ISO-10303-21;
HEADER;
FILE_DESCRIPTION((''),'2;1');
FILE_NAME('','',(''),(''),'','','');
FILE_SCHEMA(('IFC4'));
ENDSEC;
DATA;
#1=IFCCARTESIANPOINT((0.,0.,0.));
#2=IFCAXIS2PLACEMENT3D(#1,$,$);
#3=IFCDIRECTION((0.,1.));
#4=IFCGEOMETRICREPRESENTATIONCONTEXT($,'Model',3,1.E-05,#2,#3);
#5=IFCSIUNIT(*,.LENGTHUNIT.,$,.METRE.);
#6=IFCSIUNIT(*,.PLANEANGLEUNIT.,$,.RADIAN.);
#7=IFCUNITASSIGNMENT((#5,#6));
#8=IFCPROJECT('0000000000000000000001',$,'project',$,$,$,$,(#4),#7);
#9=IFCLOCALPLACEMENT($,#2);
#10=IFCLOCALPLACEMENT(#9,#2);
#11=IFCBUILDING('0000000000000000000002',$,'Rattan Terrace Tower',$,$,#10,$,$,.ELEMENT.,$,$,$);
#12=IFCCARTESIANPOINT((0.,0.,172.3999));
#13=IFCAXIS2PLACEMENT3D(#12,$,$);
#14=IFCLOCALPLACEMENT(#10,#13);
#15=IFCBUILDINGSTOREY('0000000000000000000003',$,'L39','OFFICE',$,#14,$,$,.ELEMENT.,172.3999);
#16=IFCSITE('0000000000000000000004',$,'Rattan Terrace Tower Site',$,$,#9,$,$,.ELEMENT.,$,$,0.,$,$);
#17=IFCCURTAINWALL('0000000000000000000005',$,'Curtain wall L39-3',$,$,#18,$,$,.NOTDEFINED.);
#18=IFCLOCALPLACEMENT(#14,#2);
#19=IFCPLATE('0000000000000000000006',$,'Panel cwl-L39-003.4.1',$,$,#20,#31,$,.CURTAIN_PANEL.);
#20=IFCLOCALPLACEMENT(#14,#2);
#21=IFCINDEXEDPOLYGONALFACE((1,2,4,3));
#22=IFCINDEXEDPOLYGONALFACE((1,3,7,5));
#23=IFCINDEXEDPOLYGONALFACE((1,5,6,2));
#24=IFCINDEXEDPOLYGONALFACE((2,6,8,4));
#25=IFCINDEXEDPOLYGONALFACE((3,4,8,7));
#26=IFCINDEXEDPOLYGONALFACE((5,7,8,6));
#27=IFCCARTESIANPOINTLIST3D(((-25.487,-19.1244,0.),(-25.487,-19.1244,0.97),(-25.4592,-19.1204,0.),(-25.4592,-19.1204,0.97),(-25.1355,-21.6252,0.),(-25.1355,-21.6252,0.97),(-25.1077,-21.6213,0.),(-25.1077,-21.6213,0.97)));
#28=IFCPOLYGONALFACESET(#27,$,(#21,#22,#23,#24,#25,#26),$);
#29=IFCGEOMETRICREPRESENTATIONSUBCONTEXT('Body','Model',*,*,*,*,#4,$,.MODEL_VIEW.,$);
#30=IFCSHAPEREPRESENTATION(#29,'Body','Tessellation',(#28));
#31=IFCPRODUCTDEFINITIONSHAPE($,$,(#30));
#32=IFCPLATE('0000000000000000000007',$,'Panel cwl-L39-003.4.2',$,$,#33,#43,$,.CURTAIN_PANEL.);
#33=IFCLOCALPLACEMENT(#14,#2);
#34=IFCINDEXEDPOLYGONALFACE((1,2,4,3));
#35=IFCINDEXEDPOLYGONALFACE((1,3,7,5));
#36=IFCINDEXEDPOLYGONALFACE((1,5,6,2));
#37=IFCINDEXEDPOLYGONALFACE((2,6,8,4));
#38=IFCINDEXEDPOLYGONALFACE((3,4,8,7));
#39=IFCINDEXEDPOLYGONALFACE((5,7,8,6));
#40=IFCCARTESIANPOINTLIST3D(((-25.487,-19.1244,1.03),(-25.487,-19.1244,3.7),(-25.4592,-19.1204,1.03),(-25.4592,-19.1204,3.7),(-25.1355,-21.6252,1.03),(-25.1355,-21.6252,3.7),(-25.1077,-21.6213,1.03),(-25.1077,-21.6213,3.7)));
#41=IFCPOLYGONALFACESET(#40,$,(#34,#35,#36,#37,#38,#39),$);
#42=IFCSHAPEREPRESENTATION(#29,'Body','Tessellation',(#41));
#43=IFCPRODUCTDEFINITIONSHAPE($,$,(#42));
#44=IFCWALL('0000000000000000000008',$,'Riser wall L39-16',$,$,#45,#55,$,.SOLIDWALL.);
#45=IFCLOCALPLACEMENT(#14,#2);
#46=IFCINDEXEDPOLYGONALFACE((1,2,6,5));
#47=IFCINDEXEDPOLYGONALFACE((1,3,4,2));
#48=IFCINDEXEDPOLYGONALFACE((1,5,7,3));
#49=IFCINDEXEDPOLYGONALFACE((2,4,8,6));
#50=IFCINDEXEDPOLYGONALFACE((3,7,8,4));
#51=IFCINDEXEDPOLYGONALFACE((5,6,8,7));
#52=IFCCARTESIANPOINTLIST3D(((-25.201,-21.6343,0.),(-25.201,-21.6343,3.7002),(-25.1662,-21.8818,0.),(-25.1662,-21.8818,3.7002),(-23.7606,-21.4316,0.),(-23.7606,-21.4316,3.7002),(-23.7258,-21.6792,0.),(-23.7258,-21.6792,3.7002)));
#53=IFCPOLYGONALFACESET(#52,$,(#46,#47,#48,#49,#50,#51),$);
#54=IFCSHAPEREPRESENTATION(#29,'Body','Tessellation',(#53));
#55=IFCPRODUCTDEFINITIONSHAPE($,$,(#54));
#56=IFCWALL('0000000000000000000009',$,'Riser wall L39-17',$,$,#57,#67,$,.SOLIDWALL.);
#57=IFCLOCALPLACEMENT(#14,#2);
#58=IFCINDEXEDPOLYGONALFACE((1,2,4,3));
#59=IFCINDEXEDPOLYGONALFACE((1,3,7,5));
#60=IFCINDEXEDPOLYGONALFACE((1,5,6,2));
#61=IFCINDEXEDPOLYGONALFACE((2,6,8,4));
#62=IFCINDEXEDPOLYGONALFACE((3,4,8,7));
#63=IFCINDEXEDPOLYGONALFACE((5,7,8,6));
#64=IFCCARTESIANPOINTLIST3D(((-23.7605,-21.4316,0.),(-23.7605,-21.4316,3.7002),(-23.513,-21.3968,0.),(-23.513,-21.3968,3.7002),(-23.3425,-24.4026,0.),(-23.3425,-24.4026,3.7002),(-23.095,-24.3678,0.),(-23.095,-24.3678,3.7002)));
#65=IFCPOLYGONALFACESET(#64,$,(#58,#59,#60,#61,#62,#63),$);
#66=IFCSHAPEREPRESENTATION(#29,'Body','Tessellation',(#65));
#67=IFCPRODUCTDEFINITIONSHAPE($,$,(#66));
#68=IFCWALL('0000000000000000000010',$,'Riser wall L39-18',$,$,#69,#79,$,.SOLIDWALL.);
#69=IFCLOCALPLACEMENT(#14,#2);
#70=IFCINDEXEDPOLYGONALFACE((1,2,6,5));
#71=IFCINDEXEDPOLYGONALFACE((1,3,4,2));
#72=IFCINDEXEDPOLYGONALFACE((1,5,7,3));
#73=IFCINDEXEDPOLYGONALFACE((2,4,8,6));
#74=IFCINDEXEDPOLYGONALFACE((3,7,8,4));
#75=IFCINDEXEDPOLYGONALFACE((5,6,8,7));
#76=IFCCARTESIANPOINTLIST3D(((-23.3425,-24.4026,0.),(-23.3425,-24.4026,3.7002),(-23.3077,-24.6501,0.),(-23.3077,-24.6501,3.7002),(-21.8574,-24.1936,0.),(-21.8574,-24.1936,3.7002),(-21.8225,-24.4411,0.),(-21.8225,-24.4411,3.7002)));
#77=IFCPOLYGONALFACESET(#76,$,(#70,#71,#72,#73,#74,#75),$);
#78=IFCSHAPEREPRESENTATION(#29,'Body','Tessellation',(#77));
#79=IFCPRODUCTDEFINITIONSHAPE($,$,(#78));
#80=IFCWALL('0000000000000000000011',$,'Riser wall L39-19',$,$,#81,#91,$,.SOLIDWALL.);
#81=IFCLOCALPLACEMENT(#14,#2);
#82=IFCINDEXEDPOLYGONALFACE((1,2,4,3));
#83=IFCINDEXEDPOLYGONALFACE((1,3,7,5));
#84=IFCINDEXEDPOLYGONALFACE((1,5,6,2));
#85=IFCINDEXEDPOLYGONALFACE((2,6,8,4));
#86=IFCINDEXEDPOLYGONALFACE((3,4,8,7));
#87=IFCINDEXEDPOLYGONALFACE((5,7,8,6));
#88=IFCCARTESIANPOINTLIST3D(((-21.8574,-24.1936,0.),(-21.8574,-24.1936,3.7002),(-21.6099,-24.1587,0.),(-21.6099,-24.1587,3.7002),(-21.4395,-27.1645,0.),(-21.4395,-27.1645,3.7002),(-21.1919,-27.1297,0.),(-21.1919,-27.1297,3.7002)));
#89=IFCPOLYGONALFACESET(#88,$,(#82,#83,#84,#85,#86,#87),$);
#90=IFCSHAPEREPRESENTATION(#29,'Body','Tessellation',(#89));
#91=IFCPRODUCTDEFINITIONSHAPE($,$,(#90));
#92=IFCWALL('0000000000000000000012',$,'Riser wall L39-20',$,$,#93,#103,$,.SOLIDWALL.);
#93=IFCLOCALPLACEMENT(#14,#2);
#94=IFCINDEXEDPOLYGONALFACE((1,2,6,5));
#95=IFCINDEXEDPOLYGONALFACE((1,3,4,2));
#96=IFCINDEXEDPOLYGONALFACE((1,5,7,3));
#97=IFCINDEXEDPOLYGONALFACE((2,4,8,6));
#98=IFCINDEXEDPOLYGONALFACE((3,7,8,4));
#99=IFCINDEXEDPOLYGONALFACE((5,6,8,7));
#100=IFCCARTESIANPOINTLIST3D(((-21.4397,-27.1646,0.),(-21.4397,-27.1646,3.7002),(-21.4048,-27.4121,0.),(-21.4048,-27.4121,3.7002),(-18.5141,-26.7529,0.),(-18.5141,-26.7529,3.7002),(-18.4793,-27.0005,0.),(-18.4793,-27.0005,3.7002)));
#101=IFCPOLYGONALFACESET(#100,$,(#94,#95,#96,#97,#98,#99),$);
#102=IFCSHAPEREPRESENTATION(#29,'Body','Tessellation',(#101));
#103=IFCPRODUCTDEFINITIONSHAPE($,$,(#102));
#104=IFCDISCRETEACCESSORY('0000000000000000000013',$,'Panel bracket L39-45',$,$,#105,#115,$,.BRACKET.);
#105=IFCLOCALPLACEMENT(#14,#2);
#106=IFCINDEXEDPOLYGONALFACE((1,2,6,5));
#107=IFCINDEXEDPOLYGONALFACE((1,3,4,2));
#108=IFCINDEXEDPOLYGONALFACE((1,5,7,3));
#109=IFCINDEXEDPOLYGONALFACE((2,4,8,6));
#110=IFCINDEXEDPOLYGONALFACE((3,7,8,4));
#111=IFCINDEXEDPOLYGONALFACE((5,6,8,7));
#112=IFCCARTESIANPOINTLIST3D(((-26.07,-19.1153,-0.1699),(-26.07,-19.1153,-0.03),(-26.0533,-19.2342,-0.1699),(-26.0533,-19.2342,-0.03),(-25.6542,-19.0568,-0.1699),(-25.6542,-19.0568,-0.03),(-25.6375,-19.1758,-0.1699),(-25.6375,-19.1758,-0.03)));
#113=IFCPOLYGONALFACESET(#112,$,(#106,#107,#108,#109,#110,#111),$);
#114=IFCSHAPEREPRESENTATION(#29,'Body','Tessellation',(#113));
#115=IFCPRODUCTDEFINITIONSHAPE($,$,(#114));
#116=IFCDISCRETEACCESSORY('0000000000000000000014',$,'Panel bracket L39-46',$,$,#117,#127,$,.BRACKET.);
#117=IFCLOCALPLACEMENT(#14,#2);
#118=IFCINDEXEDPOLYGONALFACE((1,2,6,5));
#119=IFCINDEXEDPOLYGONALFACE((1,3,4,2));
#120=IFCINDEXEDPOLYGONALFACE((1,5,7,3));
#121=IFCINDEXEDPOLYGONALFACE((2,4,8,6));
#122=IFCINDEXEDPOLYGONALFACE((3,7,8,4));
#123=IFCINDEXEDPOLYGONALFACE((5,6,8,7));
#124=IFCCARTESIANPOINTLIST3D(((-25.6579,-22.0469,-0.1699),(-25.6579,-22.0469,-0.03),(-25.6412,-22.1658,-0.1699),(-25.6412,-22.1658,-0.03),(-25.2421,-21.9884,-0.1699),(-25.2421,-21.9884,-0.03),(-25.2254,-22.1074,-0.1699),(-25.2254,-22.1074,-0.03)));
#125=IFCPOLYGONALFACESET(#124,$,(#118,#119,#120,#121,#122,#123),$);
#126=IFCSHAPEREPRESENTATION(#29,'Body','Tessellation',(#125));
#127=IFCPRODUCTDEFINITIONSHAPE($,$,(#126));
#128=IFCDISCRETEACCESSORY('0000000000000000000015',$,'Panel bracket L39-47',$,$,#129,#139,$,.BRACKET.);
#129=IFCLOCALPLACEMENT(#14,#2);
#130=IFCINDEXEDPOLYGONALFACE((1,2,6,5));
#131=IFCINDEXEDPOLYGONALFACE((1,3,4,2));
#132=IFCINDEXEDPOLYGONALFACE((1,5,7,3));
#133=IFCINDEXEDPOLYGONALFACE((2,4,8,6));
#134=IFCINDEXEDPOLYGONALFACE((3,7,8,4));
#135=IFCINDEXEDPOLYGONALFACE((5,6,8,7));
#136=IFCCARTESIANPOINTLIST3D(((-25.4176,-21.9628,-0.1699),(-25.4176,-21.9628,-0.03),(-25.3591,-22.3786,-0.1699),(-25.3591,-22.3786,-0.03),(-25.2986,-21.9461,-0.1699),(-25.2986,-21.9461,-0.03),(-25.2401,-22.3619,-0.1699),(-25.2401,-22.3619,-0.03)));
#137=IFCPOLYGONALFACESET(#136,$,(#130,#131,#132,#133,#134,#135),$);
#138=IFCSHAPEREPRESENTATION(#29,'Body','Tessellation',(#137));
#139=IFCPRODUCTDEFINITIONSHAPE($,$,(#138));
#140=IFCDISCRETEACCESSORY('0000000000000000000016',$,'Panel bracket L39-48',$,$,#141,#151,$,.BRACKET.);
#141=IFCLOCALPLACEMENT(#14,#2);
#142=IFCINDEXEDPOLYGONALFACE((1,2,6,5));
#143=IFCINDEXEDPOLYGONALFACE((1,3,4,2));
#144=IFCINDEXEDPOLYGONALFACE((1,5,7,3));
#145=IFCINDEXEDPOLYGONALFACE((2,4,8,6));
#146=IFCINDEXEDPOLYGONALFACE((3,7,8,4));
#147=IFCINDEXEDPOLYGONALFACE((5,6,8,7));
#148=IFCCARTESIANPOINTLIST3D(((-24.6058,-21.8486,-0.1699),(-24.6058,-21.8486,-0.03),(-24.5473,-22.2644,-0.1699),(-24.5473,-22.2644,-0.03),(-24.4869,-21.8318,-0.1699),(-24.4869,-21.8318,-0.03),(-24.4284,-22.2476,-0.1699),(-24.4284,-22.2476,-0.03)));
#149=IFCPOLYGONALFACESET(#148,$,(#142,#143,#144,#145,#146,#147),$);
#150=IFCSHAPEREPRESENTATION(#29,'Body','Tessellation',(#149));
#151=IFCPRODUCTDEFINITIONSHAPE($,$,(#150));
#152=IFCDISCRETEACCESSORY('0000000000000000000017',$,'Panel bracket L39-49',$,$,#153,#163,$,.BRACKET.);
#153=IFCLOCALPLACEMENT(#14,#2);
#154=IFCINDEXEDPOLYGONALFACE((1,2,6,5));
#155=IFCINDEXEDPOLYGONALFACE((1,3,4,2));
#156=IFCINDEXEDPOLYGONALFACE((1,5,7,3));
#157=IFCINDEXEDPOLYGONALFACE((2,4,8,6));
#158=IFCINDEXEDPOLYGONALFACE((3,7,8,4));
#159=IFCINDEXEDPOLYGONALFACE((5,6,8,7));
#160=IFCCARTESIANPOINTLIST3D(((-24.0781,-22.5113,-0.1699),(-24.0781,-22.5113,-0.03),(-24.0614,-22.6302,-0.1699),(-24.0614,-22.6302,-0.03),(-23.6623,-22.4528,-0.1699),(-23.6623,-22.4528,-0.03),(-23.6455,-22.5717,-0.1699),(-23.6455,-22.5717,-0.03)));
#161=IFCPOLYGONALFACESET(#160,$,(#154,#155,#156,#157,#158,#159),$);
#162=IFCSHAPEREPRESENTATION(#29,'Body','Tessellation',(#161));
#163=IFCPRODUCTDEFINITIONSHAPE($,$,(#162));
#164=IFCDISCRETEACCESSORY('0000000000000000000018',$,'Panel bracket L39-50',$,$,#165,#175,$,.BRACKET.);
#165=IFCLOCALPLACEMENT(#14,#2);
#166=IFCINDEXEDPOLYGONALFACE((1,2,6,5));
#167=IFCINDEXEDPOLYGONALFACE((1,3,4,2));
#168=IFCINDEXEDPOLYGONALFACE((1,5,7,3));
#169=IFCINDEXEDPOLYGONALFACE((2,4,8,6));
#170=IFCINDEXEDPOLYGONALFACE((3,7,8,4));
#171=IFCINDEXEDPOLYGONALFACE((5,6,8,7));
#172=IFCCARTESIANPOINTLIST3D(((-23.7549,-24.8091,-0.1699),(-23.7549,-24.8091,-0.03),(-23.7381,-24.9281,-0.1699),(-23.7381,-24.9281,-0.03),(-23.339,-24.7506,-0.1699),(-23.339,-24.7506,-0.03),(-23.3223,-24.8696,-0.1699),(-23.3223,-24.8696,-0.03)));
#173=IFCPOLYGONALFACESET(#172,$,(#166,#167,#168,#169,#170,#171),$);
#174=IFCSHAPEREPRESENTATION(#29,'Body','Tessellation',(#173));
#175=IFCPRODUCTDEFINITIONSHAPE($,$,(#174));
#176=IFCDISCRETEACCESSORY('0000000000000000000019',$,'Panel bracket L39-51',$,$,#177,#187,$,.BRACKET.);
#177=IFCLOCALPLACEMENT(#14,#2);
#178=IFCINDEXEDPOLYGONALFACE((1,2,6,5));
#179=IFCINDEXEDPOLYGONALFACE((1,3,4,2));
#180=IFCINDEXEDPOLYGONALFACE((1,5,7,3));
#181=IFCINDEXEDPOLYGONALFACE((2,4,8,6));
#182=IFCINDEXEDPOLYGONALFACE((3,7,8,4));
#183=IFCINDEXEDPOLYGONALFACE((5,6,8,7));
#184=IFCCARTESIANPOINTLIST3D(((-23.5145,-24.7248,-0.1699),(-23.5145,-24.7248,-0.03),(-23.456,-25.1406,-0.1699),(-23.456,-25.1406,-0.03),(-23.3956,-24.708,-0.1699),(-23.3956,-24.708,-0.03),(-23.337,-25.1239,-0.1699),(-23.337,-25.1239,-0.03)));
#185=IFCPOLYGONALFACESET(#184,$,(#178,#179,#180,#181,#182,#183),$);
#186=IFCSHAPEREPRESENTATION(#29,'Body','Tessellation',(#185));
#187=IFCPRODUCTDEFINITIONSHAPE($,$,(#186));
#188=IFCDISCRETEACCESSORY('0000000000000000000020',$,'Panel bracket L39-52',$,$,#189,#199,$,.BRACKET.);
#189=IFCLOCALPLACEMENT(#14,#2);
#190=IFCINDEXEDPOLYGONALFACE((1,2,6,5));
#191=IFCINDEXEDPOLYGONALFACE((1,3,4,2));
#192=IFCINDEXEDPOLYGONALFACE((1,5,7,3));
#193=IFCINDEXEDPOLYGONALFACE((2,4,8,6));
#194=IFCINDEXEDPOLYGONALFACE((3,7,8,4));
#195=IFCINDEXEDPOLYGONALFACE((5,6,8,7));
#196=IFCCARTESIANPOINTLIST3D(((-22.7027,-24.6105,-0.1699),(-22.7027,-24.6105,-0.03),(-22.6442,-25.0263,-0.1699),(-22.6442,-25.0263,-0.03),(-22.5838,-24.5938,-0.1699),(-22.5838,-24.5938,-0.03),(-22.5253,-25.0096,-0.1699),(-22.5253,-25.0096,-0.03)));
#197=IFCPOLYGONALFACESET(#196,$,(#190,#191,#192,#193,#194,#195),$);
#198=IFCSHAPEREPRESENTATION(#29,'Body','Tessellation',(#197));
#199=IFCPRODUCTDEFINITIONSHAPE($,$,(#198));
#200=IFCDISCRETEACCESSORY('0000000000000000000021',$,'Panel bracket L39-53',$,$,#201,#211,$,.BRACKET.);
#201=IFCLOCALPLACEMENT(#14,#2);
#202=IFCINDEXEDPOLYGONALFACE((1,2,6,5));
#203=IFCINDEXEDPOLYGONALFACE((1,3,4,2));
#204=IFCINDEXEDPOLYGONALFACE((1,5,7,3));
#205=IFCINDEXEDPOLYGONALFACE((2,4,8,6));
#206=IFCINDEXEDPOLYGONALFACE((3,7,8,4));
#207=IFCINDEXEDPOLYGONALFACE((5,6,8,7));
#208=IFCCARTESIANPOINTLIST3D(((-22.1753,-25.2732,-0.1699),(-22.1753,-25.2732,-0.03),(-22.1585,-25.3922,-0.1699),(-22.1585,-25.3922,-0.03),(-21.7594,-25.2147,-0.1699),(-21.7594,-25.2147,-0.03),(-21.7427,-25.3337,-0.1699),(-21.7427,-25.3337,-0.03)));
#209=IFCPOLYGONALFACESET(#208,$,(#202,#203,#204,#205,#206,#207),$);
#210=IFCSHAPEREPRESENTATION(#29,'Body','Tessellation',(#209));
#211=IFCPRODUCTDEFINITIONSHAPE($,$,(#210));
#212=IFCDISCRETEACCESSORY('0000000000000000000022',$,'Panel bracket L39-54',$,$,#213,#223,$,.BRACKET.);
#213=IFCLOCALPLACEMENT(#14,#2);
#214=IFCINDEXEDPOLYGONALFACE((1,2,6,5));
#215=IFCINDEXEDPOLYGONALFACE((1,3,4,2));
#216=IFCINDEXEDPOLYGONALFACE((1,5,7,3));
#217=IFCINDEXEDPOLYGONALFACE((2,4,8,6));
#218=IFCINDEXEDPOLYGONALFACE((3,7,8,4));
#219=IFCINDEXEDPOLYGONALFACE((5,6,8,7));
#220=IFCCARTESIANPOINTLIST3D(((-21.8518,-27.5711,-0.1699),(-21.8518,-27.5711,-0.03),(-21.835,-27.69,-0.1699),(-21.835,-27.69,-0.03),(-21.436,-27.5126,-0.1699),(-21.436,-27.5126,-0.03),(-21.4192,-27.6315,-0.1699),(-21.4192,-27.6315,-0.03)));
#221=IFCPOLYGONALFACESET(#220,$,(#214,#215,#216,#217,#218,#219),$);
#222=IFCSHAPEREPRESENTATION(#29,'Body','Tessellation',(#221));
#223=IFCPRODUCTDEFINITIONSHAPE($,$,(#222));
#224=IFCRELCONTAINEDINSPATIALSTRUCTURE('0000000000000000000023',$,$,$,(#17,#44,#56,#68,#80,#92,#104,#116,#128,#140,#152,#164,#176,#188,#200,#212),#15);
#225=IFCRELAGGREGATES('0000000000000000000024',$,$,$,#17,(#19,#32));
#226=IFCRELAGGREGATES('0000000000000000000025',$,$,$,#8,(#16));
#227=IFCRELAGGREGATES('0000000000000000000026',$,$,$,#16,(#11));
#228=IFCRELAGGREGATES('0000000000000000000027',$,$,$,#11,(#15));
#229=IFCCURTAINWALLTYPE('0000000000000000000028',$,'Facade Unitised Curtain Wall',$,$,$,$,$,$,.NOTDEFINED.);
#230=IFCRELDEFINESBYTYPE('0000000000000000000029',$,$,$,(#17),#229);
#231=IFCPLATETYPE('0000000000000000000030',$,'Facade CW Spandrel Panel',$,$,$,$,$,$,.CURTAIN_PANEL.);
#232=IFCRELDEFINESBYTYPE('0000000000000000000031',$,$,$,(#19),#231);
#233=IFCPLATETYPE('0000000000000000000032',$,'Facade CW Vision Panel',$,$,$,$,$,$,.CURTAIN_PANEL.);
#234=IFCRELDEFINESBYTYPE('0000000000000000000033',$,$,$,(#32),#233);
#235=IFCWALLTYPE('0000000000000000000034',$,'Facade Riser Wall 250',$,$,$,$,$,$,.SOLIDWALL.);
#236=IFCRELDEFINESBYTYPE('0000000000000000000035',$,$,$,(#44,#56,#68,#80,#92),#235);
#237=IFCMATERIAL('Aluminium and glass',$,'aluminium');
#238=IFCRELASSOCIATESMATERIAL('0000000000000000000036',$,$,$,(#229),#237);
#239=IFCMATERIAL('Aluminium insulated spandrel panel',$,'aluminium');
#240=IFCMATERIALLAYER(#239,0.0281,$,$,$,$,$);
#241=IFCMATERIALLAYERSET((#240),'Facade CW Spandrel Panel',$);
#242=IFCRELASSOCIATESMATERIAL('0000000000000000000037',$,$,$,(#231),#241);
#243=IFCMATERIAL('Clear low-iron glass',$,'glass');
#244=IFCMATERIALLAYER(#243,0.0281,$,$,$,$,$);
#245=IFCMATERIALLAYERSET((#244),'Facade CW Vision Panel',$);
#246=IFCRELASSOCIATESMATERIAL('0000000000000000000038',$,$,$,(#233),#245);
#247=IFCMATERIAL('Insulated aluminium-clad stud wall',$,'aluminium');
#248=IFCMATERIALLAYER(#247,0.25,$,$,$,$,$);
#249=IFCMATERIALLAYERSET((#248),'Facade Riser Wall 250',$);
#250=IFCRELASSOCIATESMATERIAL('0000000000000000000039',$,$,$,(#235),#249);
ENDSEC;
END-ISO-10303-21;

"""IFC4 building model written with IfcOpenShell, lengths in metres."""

from ifc_helpers import new_model, si_unit, direction, frame, frame_2d, origin, origin_2d, place, context, subcontext, project, spatial, rectangle, extrude, material, layer, layer_set, type_object, element, aggregate, save


model = new_model("IFC4")

# Units and contexts
model_context = context("Model", 3, precision=1e-05, world=origin(), true_north=direction((0.0, 1.0)))
body_context = subcontext(model_context, "Body", "Model", "MODEL_VIEW")
ifc_project = project(units=[si_unit("LENGTHUNIT", "METRE"), si_unit("PLANEANGLEUNIT", "RADIAN")], contexts=[model_context])

# Site, building, storey
site_placement = place(None, origin())
site = spatial("IfcSite", under=ifc_project, at=site_placement, Name="Rattan Terrace Tower Site", CompositionType="ELEMENT", RefElevation=0.0)
building_placement = place(site_placement, origin())
building = spatial("IfcBuilding", under=site, at=building_placement, Name="Rattan Terrace Tower", CompositionType="ELEMENT")
storey_placement = place(building_placement, frame((0.0, 0.0, 172.3999)))
storey = spatial("IfcBuildingStorey", under=building, at=storey_placement, Name="L39", Description="OFFICE", CompositionType="ELEMENT", Elevation=172.3999)

# Curtain wall, plates
ifc_material_1 = material(Name="Aluminium and glass", Category="aluminium")
curtain_wall_type = type_object("IfcCurtainWallType", Name="Facade Unitised Curtain Wall", PredefinedType="NOTDEFINED", material=ifc_material_1)
curtain_wall_placement = place(storey_placement, origin())
curtain_wall = element("IfcCurtainWall", 1, at=curtain_wall_placement, inside=storey, type_object=curtain_wall_type, Name="Curtain wall L39-3", PredefinedType="NOTDEFINED")
ifc_material_2 = material(Name="Aluminium insulated spandrel panel", Category="aluminium")
ifc_layer_1 = layer(ifc_material_2, 0.0281)
ifc_layer_set_1 = layer_set([ifc_layer_1], Name="Facade CW Spandrel Panel")
plate_type_1 = type_object("IfcPlateType", Name="Facade CW Spandrel Panel", PredefinedType="CURTAIN_PANEL", material=ifc_layer_set_1)
plate_1_placement = place(storey_placement, frame((-25.2974, -20.3728, 0.0), z_axis=(0.0, 0.0, 1.0), x_axis=(0.139191, -0.990266, 0.0)))
plate_1 = element("IfcPlate", 2, at=plate_1_placement, type_object=plate_type_1, Name="Panel cwl-L39-003.4.1", PredefinedType="CURTAIN_PANEL", context=body_context, shape_type="SweptSolid", body=[
    extrude(rectangle(XDim=2.5254, YDim=0.0281, at=origin_2d()), origin(), (0.0, 0.0, 1.0), 0.97),
])
ifc_material_3 = material(Name="Clear low-iron glass", Category="glass")
ifc_layer_2 = layer(ifc_material_3, 0.0281)
ifc_layer_set_2 = layer_set([ifc_layer_2], Name="Facade CW Vision Panel")
plate_type_2 = type_object("IfcPlateType", Name="Facade CW Vision Panel", PredefinedType="CURTAIN_PANEL", material=ifc_layer_set_2)
plate_2_placement = place(storey_placement, frame((-25.2974, -20.3728, 1.03), z_axis=(0.0, 0.0, 1.0), x_axis=(0.139191, -0.990266, 0.0)))
plate_2 = element("IfcPlate", 3, at=plate_2_placement, type_object=plate_type_2, Name="Panel cwl-L39-003.4.2", PredefinedType="CURTAIN_PANEL", context=body_context, shape_type="SweptSolid", body=[
    extrude(rectangle(XDim=2.5254, YDim=0.0281, at=origin_2d()), origin(), (0.0, 0.0, 1.0), 2.6699),
])
aggregate(curtain_wall, [plate_1, plate_2])

# Walls
ifc_material_4 = material(Name="Insulated aluminium-clad stud wall", Category="aluminium")
ifc_layer_3 = layer(ifc_material_4, 0.25)
ifc_layer_set_3 = layer_set([ifc_layer_3], Name="Facade Riser Wall 250")
wall_type = type_object("IfcWallType", Name="Facade Riser Wall 250", PredefinedType="SOLIDWALL", material=ifc_layer_set_3)
wall_1_placement = place(storey_placement, frame((-25.1836, -21.7581, 0.0), z_axis=(0.0, 0.0, 1.0), x_axis=(0.990249, 0.139306, 0.0)))
element("IfcWall", 4, at=wall_1_placement, inside=storey, type_object=wall_type, Name="Riser wall L39-16", PredefinedType="SOLIDWALL", context=body_context, shape_type="SweptSolid", body=[
    extrude(rectangle(XDim=1.4546, YDim=0.25, at=frame_2d((0.7273, 0.0))), origin(), (0.0, 0.0, 1.0), 3.7002),
])
wall_2_placement = place(storey_placement, frame((-23.6367, -21.4143, 0.0), z_axis=(0.0, 0.0, 1.0), x_axis=(0.139313, -0.990248, 0.0)))
element("IfcWall", 5, at=wall_2_placement, inside=storey, type_object=wall_type, Name="Riser wall L39-17", PredefinedType="SOLIDWALL", context=body_context, shape_type="SweptSolid", body=[
    extrude(rectangle(XDim=3.0002, YDim=0.25, at=frame_2d((1.5, 0.0))), origin(), (0.0, 0.0, 1.0), 3.7002),
])
wall_3_placement = place(storey_placement, frame((-23.3252, -24.5264, 0.0), z_axis=(0.0, 0.0, 1.0), x_axis=(0.990244, 0.139347, 0.0)))
element("IfcWall", 6, at=wall_3_placement, inside=storey, type_object=wall_type, Name="Riser wall L39-18", PredefinedType="SOLIDWALL", context=body_context, shape_type="SweptSolid", body=[
    extrude(rectangle(XDim=1.4998, YDim=0.25, at=frame_2d((0.75, 0.0))), origin(), (0.0, 0.0, 1.0), 3.7002),
])
wall_4_placement = place(storey_placement, frame((-21.7336, -24.1763, 0.0), z_axis=(0.0, 0.0, 1.0), x_axis=(0.139313, -0.990248, 0.0)))
element("IfcWall", 7, at=wall_4_placement, inside=storey, type_object=wall_type, Name="Riser wall L39-19", PredefinedType="SOLIDWALL", context=body_context, shape_type="SweptSolid", body=[
    extrude(rectangle(XDim=3.0002, YDim=0.25, at=frame_2d((1.5, 0.0))), origin(), (0.0, 0.0, 1.0), 3.7002),
])
wall_5_placement = place(storey_placement, frame((-21.4221, -27.2883, 0.0), z_axis=(0.0, 0.0, 1.0), x_axis=(0.990246, 0.139327, 0.0)))
element("IfcWall", 8, at=wall_5_placement, inside=storey, type_object=wall_type, Name="Riser wall L39-20", PredefinedType="SOLIDWALL", context=body_context, shape_type="SweptSolid", body=[
    extrude(rectangle(XDim=2.9543, YDim=0.25, at=frame_2d((1.4771, 0.0))), origin(), (0.0, 0.0, 1.0), 3.7002),
])

# Discrete accessories
for number, where, z_axis, x_axis, name in (
    (9, (-25.8538, -19.1455, -0.1699), (0.0, 0.0, 1.0), (0.139191, -0.990266, 0.0), "Panel bracket L39-45"),
    (10, (-25.4417, -22.0771, -0.1699), (0.0, 0.0, 1.0), (0.139191, -0.990266, 0.0), "Panel bracket L39-46"),
    (11, (-25.3289, -22.1624, -0.1699), (0.0, 0.0, 1.0), (0.990241, 0.139367, 0.0), "Panel bracket L39-47"),
    (12, (-24.5171, -22.0481, -0.1699), (0.0, 0.0, 1.0), (0.990241, 0.139367, 0.0), "Panel bracket L39-48"),
    (13, (-23.8618, -22.5415, -0.1699), (0.0, 0.0, 1.0), (0.139321, -0.990247, 0.0), "Panel bracket L39-49"),
    (14, (-23.5386, -24.8394, -0.1699), (0.0, 0.0, 1.0), (0.139321, -0.990247, 0.0), "Panel bracket L39-50"),
    (15, (-23.4258, -24.9243, -0.1699), (0.0, 0.0, 1.0), (0.990241, 0.139367, 0.0), "Panel bracket L39-51"),
    (16, (-22.614, -24.8101, -0.1699), (0.0, 0.0, 1.0), (0.990241, 0.139367, 0.0), "Panel bracket L39-52"),
    (17, (-21.959, -25.3035, -0.1699), (0.0, 0.0, 1.0), (0.139321, -0.990247, 0.0), "Panel bracket L39-53"),
    (18, (-21.6355, -27.6013, -0.1699), (0.0, 0.0, 1.0), (0.139321, -0.990247, 0.0), "Panel bracket L39-54"),
):
    element("IfcDiscreteAccessory", number, at=place(storey_placement, frame(where, z_axis=z_axis, x_axis=x_axis)), inside=storey, Name=name, PredefinedType="BRACKET", context=body_context, shape_type="SweptSolid", body=[
        extrude(rectangle(XDim=0.1201, YDim=0.4199, at=origin_2d()), origin(), (0.0, 0.0, 1.0), 0.1399),
    ])

save(model, "model.ifc")
